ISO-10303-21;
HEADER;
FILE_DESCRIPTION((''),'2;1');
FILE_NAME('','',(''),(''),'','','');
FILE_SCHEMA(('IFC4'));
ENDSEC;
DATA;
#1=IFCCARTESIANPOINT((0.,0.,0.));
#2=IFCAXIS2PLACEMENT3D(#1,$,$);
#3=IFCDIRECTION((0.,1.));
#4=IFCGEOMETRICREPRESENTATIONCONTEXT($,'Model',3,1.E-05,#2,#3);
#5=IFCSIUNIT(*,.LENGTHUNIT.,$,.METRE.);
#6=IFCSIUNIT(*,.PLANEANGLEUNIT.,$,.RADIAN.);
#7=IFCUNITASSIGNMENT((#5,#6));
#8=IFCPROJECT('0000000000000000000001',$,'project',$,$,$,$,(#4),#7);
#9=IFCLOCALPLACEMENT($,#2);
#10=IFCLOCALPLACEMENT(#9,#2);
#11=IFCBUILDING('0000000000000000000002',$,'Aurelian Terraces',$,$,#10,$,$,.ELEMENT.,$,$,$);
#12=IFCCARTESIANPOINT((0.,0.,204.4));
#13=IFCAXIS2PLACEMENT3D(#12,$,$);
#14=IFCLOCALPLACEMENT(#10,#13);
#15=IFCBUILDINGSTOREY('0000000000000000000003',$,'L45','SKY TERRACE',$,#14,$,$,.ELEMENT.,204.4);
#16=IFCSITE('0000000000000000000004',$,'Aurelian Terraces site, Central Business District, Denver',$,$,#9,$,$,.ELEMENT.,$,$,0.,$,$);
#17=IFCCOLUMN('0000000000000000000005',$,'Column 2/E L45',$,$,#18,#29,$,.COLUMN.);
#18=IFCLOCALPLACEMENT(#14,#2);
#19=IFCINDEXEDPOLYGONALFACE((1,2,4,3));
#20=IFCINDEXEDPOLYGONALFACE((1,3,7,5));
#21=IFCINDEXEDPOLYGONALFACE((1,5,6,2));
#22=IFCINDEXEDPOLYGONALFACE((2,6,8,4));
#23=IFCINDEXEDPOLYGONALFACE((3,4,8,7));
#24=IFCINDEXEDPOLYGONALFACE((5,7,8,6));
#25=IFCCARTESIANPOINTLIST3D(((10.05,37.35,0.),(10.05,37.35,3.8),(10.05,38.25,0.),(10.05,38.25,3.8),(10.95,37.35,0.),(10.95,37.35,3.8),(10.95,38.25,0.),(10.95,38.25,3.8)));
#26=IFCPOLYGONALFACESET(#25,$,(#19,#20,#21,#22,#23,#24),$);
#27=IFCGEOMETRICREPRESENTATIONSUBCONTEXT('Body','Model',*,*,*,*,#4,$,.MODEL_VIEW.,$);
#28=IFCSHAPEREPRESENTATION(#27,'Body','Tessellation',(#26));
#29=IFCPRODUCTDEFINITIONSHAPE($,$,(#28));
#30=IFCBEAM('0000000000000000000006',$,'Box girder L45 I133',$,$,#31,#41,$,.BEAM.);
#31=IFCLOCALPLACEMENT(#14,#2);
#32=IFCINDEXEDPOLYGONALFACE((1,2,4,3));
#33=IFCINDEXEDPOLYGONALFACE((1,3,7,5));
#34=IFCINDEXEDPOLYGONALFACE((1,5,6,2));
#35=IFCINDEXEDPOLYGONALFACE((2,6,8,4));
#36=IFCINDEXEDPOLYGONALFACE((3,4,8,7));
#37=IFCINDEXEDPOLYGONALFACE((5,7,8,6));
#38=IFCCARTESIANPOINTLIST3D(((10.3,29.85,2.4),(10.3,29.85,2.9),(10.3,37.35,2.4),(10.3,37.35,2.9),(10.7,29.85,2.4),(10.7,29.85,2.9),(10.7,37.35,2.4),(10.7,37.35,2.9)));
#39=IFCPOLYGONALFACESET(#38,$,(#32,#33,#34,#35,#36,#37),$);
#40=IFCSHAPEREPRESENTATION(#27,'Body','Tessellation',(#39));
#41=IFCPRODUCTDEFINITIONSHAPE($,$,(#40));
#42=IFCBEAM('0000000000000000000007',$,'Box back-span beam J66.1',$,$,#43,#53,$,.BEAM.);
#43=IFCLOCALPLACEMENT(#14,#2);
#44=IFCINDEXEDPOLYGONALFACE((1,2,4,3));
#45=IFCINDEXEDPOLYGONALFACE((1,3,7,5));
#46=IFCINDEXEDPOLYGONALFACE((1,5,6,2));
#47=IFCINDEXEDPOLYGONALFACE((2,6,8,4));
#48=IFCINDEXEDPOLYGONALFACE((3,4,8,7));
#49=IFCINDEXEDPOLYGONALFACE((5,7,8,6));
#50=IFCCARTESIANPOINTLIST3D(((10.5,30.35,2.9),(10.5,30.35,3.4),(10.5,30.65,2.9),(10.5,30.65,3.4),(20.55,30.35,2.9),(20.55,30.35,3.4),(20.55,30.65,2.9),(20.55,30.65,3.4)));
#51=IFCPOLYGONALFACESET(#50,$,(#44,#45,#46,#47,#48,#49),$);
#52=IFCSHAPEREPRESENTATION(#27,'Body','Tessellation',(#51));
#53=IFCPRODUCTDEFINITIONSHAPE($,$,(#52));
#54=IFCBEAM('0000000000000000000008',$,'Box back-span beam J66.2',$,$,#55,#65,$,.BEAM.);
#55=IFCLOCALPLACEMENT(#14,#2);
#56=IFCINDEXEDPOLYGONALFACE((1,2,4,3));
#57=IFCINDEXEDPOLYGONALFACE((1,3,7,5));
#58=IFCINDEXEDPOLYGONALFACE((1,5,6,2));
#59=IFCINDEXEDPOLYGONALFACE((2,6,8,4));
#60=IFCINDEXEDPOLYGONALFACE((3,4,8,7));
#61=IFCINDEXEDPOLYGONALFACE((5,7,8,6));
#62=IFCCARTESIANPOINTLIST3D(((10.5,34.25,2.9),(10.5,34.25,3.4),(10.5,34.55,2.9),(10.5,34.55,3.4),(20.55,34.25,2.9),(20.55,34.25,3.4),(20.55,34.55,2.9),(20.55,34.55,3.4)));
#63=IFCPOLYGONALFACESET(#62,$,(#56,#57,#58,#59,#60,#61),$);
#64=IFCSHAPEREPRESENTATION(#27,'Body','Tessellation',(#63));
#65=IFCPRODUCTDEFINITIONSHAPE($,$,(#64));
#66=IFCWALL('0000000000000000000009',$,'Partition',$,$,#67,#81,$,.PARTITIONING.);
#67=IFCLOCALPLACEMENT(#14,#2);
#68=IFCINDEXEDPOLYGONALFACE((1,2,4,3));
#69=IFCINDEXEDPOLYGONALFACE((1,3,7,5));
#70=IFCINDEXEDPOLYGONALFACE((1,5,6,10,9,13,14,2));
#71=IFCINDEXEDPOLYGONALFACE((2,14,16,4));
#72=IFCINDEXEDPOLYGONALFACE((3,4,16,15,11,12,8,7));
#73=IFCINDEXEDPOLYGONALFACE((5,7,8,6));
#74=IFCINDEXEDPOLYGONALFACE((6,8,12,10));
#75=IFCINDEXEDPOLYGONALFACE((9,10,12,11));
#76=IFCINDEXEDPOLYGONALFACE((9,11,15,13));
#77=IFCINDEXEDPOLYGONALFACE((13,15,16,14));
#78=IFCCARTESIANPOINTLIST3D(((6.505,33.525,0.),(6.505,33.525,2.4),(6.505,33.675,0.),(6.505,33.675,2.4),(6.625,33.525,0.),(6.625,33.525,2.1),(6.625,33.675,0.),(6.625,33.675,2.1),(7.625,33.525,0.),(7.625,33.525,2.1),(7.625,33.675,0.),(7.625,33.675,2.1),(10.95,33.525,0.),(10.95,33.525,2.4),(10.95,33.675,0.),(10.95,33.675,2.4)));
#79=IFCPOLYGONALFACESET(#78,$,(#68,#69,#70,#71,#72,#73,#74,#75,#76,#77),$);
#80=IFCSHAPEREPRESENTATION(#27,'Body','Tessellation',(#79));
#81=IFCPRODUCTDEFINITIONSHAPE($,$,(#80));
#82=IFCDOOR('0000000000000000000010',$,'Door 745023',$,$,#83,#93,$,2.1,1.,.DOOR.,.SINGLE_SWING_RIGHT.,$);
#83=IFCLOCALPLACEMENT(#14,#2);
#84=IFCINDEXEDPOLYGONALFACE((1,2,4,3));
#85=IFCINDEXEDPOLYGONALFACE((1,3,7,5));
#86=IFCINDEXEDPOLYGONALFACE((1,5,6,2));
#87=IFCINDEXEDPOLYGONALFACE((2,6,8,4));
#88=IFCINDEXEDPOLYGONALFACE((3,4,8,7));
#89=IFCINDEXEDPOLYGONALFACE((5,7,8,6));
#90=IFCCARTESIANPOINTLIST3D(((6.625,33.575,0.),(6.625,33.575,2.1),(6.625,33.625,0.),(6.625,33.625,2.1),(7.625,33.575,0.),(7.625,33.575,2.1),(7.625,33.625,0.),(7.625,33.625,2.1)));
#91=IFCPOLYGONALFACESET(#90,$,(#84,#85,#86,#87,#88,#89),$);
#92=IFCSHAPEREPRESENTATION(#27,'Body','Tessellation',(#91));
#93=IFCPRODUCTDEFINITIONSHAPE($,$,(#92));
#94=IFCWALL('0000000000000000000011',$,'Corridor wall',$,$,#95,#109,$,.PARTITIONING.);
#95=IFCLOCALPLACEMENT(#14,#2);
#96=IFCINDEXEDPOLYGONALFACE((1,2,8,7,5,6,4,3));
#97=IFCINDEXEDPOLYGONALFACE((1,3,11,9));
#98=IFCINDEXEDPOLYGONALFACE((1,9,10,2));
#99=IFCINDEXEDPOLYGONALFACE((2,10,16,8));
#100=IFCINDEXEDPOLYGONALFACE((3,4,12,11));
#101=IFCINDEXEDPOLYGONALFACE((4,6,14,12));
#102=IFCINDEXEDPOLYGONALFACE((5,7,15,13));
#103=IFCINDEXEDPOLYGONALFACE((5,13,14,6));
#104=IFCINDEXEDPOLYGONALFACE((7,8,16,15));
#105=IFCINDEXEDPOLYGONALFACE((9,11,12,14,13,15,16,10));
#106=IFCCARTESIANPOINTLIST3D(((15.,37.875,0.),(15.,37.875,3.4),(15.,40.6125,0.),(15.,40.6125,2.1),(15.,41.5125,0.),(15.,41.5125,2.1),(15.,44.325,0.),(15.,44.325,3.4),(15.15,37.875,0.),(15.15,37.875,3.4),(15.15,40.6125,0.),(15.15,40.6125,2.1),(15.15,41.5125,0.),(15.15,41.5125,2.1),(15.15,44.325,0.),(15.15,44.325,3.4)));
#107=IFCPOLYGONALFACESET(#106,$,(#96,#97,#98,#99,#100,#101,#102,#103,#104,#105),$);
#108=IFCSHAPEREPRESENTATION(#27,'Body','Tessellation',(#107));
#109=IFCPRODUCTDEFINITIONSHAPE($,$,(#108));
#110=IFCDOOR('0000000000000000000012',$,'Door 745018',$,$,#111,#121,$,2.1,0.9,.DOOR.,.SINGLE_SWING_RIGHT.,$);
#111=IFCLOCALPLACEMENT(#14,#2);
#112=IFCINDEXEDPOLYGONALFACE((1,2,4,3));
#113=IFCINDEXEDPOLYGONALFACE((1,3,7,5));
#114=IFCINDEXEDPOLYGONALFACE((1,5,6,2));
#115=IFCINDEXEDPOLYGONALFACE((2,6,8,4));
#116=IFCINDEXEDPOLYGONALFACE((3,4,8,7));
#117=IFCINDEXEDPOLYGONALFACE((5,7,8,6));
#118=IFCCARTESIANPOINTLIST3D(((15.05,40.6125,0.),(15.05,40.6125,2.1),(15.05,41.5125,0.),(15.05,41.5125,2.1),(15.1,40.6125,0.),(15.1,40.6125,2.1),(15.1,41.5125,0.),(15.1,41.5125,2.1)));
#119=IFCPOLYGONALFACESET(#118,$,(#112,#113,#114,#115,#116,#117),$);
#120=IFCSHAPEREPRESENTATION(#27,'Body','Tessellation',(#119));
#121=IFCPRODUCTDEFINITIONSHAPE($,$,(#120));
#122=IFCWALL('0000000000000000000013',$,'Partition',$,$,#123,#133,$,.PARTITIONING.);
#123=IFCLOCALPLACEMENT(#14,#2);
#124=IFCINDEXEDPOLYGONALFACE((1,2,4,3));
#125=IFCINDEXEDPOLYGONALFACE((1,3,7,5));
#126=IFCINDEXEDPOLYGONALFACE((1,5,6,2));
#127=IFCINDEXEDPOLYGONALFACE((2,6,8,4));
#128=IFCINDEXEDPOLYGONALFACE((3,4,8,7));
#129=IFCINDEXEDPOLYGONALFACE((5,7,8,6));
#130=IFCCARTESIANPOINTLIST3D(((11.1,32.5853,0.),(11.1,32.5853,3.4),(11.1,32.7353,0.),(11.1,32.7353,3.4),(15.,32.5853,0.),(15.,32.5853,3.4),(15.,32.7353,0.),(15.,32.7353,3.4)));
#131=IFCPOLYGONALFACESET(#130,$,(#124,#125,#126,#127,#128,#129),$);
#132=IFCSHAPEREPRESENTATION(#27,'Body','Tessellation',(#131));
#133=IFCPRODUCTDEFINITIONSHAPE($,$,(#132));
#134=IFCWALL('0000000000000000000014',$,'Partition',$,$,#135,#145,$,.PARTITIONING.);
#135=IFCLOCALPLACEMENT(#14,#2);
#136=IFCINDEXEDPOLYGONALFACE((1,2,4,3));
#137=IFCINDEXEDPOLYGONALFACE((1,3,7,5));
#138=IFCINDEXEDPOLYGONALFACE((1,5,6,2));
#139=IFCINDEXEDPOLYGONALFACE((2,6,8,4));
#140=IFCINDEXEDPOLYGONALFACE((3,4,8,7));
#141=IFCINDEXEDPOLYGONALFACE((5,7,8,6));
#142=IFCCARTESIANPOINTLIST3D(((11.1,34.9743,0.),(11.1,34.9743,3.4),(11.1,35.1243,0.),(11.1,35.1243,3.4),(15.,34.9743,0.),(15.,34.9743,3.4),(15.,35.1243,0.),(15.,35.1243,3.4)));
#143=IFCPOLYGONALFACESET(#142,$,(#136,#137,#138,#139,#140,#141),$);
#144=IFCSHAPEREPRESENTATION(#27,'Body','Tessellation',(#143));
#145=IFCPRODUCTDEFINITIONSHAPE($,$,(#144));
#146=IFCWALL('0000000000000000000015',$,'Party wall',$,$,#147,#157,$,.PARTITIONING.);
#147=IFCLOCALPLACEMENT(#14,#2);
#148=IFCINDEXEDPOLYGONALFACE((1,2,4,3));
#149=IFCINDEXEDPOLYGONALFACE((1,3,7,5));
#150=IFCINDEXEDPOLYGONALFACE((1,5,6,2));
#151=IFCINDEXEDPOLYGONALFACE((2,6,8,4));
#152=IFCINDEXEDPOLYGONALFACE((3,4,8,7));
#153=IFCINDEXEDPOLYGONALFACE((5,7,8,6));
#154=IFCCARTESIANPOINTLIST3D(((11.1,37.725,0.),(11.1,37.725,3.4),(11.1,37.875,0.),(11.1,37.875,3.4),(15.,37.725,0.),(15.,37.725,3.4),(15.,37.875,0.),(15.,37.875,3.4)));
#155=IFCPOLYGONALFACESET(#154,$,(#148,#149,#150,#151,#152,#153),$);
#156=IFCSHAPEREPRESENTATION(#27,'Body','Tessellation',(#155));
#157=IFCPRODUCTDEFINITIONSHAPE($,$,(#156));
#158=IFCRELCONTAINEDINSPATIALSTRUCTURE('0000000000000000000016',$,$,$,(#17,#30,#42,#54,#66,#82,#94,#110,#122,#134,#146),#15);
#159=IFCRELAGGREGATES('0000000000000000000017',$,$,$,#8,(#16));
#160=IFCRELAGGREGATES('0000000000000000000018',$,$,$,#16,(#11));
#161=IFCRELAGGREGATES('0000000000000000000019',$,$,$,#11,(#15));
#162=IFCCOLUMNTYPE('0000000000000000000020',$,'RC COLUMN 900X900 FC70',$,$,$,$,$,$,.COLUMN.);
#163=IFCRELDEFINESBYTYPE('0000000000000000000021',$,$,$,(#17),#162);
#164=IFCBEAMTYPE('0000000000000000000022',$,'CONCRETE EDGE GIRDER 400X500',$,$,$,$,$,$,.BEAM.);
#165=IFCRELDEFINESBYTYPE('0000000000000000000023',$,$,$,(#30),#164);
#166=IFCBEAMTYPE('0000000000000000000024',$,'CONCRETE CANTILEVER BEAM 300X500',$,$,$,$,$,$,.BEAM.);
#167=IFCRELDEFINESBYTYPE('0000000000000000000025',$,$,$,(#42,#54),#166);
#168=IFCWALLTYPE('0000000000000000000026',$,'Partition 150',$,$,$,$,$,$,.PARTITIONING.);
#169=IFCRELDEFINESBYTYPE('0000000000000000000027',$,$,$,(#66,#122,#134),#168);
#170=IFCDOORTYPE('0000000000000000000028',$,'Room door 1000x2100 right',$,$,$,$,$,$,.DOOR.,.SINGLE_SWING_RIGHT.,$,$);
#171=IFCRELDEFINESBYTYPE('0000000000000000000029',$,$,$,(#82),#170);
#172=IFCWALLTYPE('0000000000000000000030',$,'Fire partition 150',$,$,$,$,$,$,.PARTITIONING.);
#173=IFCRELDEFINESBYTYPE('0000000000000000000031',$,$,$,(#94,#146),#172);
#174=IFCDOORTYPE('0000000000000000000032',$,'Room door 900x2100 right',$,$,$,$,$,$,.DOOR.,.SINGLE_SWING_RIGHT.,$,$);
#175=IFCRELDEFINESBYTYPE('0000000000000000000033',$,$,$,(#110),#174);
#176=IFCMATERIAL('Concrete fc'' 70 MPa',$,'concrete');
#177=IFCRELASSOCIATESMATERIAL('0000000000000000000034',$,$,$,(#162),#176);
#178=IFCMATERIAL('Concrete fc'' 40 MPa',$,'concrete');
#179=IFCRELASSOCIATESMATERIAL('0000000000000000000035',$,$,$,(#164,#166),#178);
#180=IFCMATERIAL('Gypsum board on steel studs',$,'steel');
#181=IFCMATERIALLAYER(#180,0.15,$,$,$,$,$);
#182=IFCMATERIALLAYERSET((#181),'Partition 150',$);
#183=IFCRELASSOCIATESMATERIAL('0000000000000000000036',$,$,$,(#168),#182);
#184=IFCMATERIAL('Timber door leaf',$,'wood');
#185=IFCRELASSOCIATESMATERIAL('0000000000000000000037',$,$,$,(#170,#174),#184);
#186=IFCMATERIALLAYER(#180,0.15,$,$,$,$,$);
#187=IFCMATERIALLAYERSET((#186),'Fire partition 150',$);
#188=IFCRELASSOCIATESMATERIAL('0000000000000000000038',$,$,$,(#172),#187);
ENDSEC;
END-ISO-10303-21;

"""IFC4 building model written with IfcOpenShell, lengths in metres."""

from ifc_helpers import new_model, si_unit, direction, frame, frame_2d, origin, origin_2d, place, context, subcontext, project, spatial, rectangle, extrude, source, transform, mapped, material, layer, layer_set, material_profile, profile_set, type_object, element, fill, save


model = new_model("IFC4")

# Units and contexts
model_context = context("Model", 3, precision=1e-05, world=origin(), true_north=direction((0.0, 1.0)))
body_context = subcontext(model_context, "Body", "Model", "MODEL_VIEW")
ifc_project = project(units=[si_unit("LENGTHUNIT", "METRE"), si_unit("PLANEANGLEUNIT", "RADIAN")], contexts=[model_context])

# Site, building, storey
site_placement = place(None, origin())
site = spatial("IfcSite", under=ifc_project, at=site_placement, Name="Aurelian Terraces site, Central Business District, Denver", CompositionType="ELEMENT", RefElevation=0.0)
building_placement = place(site_placement, origin())
building = spatial("IfcBuilding", under=site, at=building_placement, Name="Aurelian Terraces", CompositionType="ELEMENT")
storey_placement = place(building_placement, frame((0.0, 0.0, 204.4)))
storey = spatial("IfcBuildingStorey", under=building, at=storey_placement, Name="L45", Description="SKY TERRACE", CompositionType="ELEMENT", Elevation=204.4)

# Column
ifc_material_1 = material(Name="Concrete fc' 70 MPa", Category="concrete")
ifc_material_profile_1 = material_profile(ifc_material_1, rectangle(XDim=0.9, YDim=0.9, at=origin_2d()))
ifc_profile_set_1 = profile_set([ifc_material_profile_1], Name="Concrete fc' 70 MPa")
column_type = type_object("IfcColumnType", Name="RC COLUMN 900X900 FC70", PredefinedType="COLUMN", material=ifc_profile_set_1)
shared_shape_1 = source(origin(), body_context, "Body", "SweptSolid", [
    extrude(rectangle(XDim=0.9, YDim=0.9, at=origin_2d()), origin(), (0.0, 0.0, 1.0), 3.8),
])
column_placement = place(storey_placement, frame((10.5, 37.8, 0.0), z_axis=(0.0, 0.0, 1.0), x_axis=(1.0, 0.0, 0.0)))
element("IfcColumn", 1, at=column_placement, inside=storey, type_object=column_type, Name="Column 2/E L45", PredefinedType="COLUMN", context=body_context, shape_type="MappedRepresentation", body=[
    mapped(shared_shape_1, transform((0.0, 0.0, 0.0), scale=1.0)),
])

# Beams
ifc_material_2 = material(Name="Concrete fc' 40 MPa", Category="concrete")
ifc_material_profile_2 = material_profile(ifc_material_2, rectangle(XDim=0.4, YDim=0.5, at=origin_2d()))
ifc_profile_set_2 = profile_set([ifc_material_profile_2], Name="Concrete fc' 40 MPa")
beam_type_1 = type_object("IfcBeamType", Name="CONCRETE EDGE GIRDER 400X500", PredefinedType="BEAM", material=ifc_profile_set_2)
shared_shape_2 = source(origin(), body_context, "Body", "SweptSolid", [
    extrude(rectangle(XDim=0.4, YDim=0.5, at=origin_2d()), origin(), (0.0, 0.0, 1.0), 7.5),
])
beam_placement = place(storey_placement, frame((10.5, 29.85, 2.65), z_axis=(0.0, 1.0, 0.0), x_axis=(-1.0, 0.0, 0.0)))
element("IfcBeam", 2, at=beam_placement, inside=storey, type_object=beam_type_1, Name="Box girder L45 I133", PredefinedType="BEAM", context=body_context, shape_type="MappedRepresentation", body=[
    mapped(shared_shape_2, transform((0.0, 0.0, 0.0), scale=1.0)),
])
ifc_material_profile_3 = material_profile(ifc_material_2, rectangle(XDim=0.3, YDim=0.5, at=origin_2d()))
ifc_profile_set_3 = profile_set([ifc_material_profile_3], Name="Concrete fc' 40 MPa")
beam_type_2 = type_object("IfcBeamType", Name="CONCRETE CANTILEVER BEAM 300X500", PredefinedType="BEAM", material=ifc_profile_set_3)
shared_shape_3 = source(origin(), body_context, "Body", "SweptSolid", [
    extrude(rectangle(XDim=0.3, YDim=0.5, at=origin_2d()), origin(), (0.0, 0.0, 1.0), 10.05),
])
for number, where, z_axis, x_axis, name in (
    (3, (10.5, 30.5, 3.15), (1.0, 0.0, 0.0), (0.0, 1.0, 0.0), "Box back-span beam J66.1"),
    (4, (10.5, 34.4, 3.15), (1.0, 0.0, 0.0), (0.0, 1.0, 0.0), "Box back-span beam J66.2"),
):
    element("IfcBeam", number, at=place(storey_placement, frame(where, z_axis=z_axis, x_axis=x_axis)), inside=storey, type_object=beam_type_2, Name=name, PredefinedType="BEAM", context=body_context, shape_type="MappedRepresentation", body=[
        mapped(shared_shape_3, transform((0.0, 0.0, 0.0), scale=1.0)),
    ])

# Walls, openings, doors
ifc_material_3 = material(Name="Gypsum board on steel studs", Category="steel")
ifc_layer_1 = layer(ifc_material_3, 0.15)
ifc_layer_set_1 = layer_set([ifc_layer_1], Name="Partition 150")
wall_type_1 = type_object("IfcWallType", Name="Partition 150", PredefinedType="PARTITIONING", material=ifc_layer_set_1)
wall_1_placement = place(storey_placement, frame((10.95, 33.6, 0.0), z_axis=(0.0, 0.0, 1.0), x_axis=(-1.0, 0.0, 0.0)))
wall_1 = element("IfcWall", 5, at=wall_1_placement, inside=storey, type_object=wall_type_1, Name="Partition", PredefinedType="PARTITIONING", context=body_context, shape_type="SweptSolid", body=[
    extrude(rectangle(XDim=4.445, YDim=0.15, at=frame_2d((2.2225, 0.0))), origin(), (0.0, 0.0, 1.0), 2.4),
])
shared_shape_4 = source(origin(), body_context, "Body", "SweptSolid", [
    extrude(rectangle(XDim=1.0, YDim=2.1, at=frame_2d((0.5, 1.05))), frame((0.0, 0.085, 0.0), z_axis=(0.0, -1.0, 0.0), x_axis=(1.0, 0.0, 0.0)), (0.0, 0.0, 1.0), 0.17),
])
opening_1_placement = place(wall_1_placement, frame((3.325, 0.0, 0.0)))
opening_1 = element("IfcOpeningElement", 6, at=opening_1_placement, cuts=wall_1, PredefinedType="OPENING", context=body_context, shape_type="MappedRepresentation", body=[
    mapped(shared_shape_4, transform((0.0, 0.0, 0.0), scale=1.0)),
])
ifc_material_4 = material(Name="Timber door leaf", Category="wood")
door_type_1 = type_object("IfcDoorType", Name="Room door 1000x2100 right", OperationType="SINGLE_SWING_RIGHT", PredefinedType="DOOR", material=ifc_material_4)
shared_shape_5 = source(origin(), body_context, "Body", "SweptSolid", [
    extrude(rectangle(XDim=1.0, YDim=2.1, at=frame_2d((0.5, 1.05))), frame((0.0, 0.025, 0.0), z_axis=(0.0, -1.0, 0.0), x_axis=(1.0, 0.0, 0.0)), (0.0, 0.0, 1.0), 0.05),
])
door_1_placement = place(opening_1_placement, origin())
door_1 = element("IfcDoor", 7, at=door_1_placement, inside=storey, type_object=door_type_1, Name="Door 745023", OperationType="SINGLE_SWING_RIGHT", OverallHeight=2.1, OverallWidth=1.0, PredefinedType="DOOR", context=body_context, shape_type="MappedRepresentation", body=[
    mapped(shared_shape_5, transform((0.0, 0.0, 0.0), scale=1.0)),
])
fill(opening_1, door_1)
ifc_layer_2 = layer(ifc_material_3, 0.15)
ifc_layer_set_2 = layer_set([ifc_layer_2], Name="Fire partition 150")
wall_type_2 = type_object("IfcWallType", Name="Fire partition 150", PredefinedType="PARTITIONING", material=ifc_layer_set_2)
shared_shape_6 = source(origin(), body_context, "Body", "SweptSolid", [
    extrude(rectangle(XDim=6.45, YDim=0.15, at=frame_2d((3.225, 0.0))), origin(), (0.0, 0.0, 1.0), 3.4),
])
wall_2_placement = place(storey_placement, frame((15.075, 37.875, 0.0), z_axis=(0.0, 0.0, 1.0), x_axis=(0.0, 1.0, 0.0)))
wall_2 = element("IfcWall", 8, at=wall_2_placement, inside=storey, type_object=wall_type_2, Name="Corridor wall", PredefinedType="PARTITIONING", context=body_context, shape_type="MappedRepresentation", body=[
    mapped(shared_shape_6, transform((0.0, 0.0, 0.0), scale=1.0)),
])
shared_shape_7 = source(origin(), body_context, "Body", "SweptSolid", [
    extrude(rectangle(XDim=0.9, YDim=2.1, at=frame_2d((0.45, 1.05))), frame((0.0, 0.085, 0.0), z_axis=(0.0, -1.0, 0.0), x_axis=(1.0, 0.0, 0.0)), (0.0, 0.0, 1.0), 0.17),
])
opening_2_placement = place(wall_2_placement, frame((2.7375, 0.0, 0.0)))
opening_2 = element("IfcOpeningElement", 9, at=opening_2_placement, cuts=wall_2, PredefinedType="OPENING", context=body_context, shape_type="MappedRepresentation", body=[
    mapped(shared_shape_7, transform((0.0, 0.0, 0.0), scale=1.0)),
])
door_type_2 = type_object("IfcDoorType", Name="Room door 900x2100 right", OperationType="SINGLE_SWING_RIGHT", PredefinedType="DOOR", material=ifc_material_4)
shared_shape_8 = source(origin(), body_context, "Body", "SweptSolid", [
    extrude(rectangle(XDim=0.9, YDim=2.1, at=frame_2d((0.45, 1.05))), frame((0.0, 0.025, 0.0), z_axis=(0.0, -1.0, 0.0), x_axis=(1.0, 0.0, 0.0)), (0.0, 0.0, 1.0), 0.05),
])
door_2_placement = place(opening_2_placement, origin())
door_2 = element("IfcDoor", 10, at=door_2_placement, inside=storey, type_object=door_type_2, Name="Door 745018", OperationType="SINGLE_SWING_RIGHT", OverallHeight=2.1, OverallWidth=0.9, PredefinedType="DOOR", context=body_context, shape_type="MappedRepresentation", body=[
    mapped(shared_shape_8, transform((0.0, 0.0, 0.0), scale=1.0)),
])
fill(opening_2, door_2)

# Walls
shared_shape_9 = source(origin(), body_context, "Body", "SweptSolid", [
    extrude(rectangle(XDim=3.9, YDim=0.15, at=frame_2d((1.95, 0.0))), origin(), (0.0, 0.0, 1.0), 3.4),
])
for number, where, z_axis, x_axis, name in (
    (11, (15.0, 32.6603, 0.0), (0.0, 0.0, 1.0), (-1.0, 0.0, 0.0), "Partition"),
    (12, (15.0, 35.0493, 0.0), (0.0, 0.0, 1.0), (-1.0, 0.0, 0.0), "Partition"),
):
    element("IfcWall", number, at=place(storey_placement, frame(where, z_axis=z_axis, x_axis=x_axis)), inside=storey, type_object=wall_type_1, Name=name, PredefinedType="PARTITIONING", context=body_context, shape_type="MappedRepresentation", body=[
        mapped(shared_shape_9, transform((0.0, 0.0, 0.0), scale=1.0)),
    ])
wall_3_placement = place(storey_placement, frame((15.0, 37.8, 0.0), z_axis=(0.0, 0.0, 1.0), x_axis=(-1.0, 0.0, 0.0)))
element("IfcWall", 13, at=wall_3_placement, inside=storey, type_object=wall_type_2, Name="Party wall", PredefinedType="PARTITIONING", context=body_context, shape_type="MappedRepresentation", body=[
    mapped(shared_shape_9, transform((0.0, 0.0, 0.0), scale=1.0)),
])

save(model, "model.ifc")
